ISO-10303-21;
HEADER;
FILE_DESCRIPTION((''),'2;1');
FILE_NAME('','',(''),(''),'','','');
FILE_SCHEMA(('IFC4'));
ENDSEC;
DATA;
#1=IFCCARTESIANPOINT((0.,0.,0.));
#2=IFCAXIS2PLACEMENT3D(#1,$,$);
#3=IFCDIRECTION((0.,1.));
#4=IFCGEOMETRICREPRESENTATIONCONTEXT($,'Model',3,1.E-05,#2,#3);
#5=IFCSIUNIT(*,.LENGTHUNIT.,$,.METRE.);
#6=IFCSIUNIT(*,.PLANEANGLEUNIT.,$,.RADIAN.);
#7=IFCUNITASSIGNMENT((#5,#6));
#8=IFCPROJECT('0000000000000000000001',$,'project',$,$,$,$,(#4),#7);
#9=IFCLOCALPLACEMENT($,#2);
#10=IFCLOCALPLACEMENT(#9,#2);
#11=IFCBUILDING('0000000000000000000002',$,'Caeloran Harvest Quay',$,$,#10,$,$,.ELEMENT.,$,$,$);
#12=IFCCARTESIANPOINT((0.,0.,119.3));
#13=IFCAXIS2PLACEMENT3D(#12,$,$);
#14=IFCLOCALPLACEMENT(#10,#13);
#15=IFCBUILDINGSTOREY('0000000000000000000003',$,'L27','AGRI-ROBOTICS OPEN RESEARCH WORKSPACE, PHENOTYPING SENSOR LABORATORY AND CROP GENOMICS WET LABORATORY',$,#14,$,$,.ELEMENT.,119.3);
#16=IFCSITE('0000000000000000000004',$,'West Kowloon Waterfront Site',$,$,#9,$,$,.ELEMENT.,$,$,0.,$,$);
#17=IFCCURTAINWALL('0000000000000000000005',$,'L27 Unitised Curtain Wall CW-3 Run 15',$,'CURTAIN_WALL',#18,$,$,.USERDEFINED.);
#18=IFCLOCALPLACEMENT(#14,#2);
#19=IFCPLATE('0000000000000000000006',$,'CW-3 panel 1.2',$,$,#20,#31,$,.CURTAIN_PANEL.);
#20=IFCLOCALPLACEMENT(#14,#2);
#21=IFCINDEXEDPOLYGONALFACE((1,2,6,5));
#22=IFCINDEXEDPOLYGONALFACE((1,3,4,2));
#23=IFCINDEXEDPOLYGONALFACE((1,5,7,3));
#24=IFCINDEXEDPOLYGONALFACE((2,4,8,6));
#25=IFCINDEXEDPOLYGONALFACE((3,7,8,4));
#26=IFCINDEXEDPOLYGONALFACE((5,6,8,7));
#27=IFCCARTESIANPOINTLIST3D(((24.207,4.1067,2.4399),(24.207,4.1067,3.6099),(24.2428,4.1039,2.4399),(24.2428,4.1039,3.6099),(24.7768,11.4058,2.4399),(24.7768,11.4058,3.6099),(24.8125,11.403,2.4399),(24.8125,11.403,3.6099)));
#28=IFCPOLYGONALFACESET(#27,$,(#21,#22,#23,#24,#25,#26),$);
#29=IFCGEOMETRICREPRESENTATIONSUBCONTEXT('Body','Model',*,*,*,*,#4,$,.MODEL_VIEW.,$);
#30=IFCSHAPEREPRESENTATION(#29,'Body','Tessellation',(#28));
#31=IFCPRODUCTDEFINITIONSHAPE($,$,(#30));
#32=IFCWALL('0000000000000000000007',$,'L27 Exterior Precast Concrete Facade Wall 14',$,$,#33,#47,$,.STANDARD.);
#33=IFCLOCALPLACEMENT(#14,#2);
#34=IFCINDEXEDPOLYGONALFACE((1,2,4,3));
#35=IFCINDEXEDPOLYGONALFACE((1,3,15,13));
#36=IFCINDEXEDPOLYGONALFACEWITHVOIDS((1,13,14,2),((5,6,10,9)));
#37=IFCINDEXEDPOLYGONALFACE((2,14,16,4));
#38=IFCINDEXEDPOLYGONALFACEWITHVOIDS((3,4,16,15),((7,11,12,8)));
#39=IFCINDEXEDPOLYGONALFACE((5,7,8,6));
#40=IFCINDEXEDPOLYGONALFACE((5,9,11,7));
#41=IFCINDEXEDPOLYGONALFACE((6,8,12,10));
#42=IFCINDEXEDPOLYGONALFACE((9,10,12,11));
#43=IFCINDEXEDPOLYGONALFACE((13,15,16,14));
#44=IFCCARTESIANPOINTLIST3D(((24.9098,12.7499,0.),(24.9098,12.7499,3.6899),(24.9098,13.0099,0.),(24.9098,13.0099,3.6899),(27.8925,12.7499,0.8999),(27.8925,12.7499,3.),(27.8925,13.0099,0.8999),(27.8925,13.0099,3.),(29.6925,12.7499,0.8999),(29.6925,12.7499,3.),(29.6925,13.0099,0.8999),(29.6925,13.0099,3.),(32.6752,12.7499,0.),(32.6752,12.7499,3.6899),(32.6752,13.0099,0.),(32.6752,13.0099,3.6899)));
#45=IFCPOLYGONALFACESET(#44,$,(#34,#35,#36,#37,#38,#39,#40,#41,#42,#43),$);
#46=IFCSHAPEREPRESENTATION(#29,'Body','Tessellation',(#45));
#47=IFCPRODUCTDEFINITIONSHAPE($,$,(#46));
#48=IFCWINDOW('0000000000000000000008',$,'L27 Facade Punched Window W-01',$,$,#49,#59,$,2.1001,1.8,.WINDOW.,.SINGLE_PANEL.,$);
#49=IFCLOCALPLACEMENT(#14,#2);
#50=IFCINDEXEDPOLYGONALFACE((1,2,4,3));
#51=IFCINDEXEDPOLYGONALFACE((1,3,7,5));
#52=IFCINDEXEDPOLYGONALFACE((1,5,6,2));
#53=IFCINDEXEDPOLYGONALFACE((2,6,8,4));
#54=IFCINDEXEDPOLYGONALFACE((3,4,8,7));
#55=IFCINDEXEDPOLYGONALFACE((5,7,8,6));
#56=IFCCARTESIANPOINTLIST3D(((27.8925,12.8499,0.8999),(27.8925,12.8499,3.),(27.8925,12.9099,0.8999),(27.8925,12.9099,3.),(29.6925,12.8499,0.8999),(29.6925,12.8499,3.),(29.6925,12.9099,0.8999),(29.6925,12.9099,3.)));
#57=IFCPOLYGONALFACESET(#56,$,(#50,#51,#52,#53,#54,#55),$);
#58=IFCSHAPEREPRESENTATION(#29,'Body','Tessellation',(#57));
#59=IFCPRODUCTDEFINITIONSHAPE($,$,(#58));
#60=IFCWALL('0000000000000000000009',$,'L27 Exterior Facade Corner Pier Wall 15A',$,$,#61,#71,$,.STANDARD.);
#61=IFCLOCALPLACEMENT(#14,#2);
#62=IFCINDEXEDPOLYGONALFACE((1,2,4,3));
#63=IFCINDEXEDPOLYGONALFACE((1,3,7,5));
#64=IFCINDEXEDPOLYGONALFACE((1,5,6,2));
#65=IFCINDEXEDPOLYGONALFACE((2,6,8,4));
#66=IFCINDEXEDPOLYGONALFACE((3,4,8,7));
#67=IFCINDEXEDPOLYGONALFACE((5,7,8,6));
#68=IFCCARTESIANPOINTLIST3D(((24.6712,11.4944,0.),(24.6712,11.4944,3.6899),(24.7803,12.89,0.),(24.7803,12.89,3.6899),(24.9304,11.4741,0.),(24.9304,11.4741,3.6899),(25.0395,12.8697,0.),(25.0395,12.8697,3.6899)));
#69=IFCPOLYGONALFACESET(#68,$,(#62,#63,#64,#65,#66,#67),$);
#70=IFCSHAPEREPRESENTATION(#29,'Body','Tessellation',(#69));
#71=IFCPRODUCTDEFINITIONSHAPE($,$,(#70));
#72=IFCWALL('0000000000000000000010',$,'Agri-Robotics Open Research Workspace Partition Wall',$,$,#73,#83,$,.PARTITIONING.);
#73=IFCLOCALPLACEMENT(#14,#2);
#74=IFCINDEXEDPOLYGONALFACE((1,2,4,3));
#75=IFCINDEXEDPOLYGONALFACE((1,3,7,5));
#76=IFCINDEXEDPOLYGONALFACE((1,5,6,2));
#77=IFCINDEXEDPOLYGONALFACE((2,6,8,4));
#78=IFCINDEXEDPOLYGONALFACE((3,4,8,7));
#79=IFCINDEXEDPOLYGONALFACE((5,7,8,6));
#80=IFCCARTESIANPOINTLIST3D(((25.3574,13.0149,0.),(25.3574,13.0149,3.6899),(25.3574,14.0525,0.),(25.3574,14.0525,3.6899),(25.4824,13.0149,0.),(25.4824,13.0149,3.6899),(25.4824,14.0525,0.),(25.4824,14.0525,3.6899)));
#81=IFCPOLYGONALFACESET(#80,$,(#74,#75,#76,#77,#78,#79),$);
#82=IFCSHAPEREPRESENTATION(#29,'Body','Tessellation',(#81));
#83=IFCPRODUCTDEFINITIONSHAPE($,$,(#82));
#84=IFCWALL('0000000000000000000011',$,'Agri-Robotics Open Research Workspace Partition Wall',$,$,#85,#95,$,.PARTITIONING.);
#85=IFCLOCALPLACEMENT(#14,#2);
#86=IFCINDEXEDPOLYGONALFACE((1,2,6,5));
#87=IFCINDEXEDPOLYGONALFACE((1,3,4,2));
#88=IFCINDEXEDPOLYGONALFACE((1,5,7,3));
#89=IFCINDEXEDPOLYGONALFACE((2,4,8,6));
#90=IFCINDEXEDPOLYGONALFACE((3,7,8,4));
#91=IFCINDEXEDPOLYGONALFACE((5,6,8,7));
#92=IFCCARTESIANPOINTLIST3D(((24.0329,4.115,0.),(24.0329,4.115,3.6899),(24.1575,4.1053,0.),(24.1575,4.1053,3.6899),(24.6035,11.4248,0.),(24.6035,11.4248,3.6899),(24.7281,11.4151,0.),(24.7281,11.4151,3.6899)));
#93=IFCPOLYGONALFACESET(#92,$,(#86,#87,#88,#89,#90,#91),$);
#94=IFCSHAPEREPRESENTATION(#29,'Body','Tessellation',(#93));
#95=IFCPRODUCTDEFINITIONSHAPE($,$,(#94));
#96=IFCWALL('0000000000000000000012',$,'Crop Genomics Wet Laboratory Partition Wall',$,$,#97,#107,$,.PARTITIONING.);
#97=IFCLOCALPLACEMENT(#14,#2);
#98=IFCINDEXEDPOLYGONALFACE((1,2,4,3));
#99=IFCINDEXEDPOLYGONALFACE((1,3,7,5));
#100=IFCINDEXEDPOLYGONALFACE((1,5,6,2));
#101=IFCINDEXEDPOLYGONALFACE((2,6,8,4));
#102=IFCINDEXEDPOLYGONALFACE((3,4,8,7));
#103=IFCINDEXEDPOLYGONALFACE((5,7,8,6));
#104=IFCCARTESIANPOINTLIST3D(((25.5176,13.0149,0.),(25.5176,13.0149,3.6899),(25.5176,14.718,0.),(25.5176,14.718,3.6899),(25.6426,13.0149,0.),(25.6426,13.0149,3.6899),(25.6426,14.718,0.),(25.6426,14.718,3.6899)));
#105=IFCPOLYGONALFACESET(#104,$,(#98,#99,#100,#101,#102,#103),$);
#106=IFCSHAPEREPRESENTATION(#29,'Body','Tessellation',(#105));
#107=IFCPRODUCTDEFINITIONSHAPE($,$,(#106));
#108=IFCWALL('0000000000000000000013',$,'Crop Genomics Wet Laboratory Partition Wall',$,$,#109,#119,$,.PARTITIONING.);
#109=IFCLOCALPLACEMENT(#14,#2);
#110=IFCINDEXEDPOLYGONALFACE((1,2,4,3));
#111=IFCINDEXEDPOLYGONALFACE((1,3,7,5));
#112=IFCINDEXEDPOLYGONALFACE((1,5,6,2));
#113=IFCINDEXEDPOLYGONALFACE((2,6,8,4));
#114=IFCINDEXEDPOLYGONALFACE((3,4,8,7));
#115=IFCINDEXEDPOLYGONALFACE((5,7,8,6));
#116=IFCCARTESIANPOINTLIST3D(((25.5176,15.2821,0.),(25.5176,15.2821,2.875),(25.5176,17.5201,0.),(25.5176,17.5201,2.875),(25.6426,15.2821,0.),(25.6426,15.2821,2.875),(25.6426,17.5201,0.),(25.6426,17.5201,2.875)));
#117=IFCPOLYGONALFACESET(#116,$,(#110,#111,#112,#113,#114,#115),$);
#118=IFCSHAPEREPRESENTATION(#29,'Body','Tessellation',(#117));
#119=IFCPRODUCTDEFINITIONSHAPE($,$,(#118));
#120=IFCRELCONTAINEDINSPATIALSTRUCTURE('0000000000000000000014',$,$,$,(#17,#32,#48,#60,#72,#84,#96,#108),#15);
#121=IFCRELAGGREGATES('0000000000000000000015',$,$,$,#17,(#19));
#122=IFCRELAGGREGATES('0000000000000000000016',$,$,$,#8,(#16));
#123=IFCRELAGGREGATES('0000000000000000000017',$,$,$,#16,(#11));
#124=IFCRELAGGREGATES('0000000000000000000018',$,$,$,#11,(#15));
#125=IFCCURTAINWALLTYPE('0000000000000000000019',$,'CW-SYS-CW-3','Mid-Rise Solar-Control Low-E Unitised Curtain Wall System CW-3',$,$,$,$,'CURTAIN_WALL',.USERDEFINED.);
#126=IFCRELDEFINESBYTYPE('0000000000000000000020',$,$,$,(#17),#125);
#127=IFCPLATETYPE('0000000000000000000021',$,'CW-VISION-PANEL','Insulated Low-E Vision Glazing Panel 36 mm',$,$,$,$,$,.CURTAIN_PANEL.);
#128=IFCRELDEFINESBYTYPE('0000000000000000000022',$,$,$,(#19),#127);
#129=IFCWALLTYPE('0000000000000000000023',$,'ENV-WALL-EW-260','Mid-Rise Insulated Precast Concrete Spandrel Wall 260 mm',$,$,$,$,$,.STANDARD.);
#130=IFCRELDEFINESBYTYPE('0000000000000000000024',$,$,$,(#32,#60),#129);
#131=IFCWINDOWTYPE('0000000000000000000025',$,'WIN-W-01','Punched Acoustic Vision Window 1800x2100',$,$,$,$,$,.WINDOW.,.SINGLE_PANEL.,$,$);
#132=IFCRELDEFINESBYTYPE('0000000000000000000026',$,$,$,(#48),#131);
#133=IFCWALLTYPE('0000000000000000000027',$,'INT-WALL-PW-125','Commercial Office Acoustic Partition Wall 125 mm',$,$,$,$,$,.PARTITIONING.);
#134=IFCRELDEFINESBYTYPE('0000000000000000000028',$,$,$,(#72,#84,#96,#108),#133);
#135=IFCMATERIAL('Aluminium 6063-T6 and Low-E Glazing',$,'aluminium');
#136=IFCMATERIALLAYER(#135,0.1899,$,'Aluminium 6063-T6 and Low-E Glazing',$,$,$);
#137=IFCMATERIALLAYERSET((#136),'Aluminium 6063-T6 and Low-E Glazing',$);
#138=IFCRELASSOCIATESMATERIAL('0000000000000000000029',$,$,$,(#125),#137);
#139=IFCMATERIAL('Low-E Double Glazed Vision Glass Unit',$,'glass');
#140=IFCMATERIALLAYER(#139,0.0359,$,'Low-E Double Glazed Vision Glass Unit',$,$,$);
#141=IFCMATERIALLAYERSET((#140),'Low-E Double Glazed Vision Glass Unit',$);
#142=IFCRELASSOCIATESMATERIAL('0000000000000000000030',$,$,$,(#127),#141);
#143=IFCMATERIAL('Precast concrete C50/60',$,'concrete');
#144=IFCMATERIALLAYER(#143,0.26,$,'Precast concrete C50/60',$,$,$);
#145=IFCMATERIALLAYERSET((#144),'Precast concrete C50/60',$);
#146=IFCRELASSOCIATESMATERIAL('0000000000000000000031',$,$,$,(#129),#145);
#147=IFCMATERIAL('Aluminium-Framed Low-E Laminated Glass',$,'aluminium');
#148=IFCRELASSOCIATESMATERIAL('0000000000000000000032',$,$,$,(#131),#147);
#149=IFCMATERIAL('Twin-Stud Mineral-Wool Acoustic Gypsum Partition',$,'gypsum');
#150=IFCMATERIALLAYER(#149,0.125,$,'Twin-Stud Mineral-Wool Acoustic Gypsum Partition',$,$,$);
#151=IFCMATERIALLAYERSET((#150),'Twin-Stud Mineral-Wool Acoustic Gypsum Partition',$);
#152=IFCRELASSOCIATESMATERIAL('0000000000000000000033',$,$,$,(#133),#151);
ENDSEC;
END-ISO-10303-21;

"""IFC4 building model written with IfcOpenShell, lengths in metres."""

from ifc_helpers import new_model, si_unit, direction, frame, frame_2d, origin, origin_2d, place, context, subcontext, project, spatial, rectangle, extrude, material, layer, layer_set, type_object, element, fill, aggregate, save


model = new_model("IFC4")

# Units and contexts
model_context = context("Model", 3, precision=1e-05, world=origin(), true_north=direction((0.0, 1.0)))
body_context = subcontext(model_context, "Body", "Model", "MODEL_VIEW")
ifc_project = project(units=[si_unit("LENGTHUNIT", "METRE"), si_unit("PLANEANGLEUNIT", "RADIAN")], contexts=[model_context])

# Site, building, storey
site_placement = place(None, origin())
site = spatial("IfcSite", under=ifc_project, at=site_placement, Name="West Kowloon Waterfront Site", CompositionType="ELEMENT", RefElevation=0.0)
building_placement = place(site_placement, origin())
building = spatial("IfcBuilding", under=site, at=building_placement, Name="Caeloran Harvest Quay", CompositionType="ELEMENT")
storey_placement = place(building_placement, frame((0.0, 0.0, 119.3)))
storey = spatial("IfcBuildingStorey", under=building, at=storey_placement, Name="L27", Description="AGRI-ROBOTICS OPEN RESEARCH WORKSPACE, PHENOTYPING SENSOR LABORATORY AND CROP GENOMICS WET LABORATORY", CompositionType="ELEMENT", Elevation=119.3)

# Curtain wall, plate
ifc_material_1 = material(Name="Aluminium 6063-T6 and Low-E Glazing", Category="aluminium")
ifc_layer_1 = layer(ifc_material_1, 0.1899, Name="Aluminium 6063-T6 and Low-E Glazing")
ifc_layer_set_1 = layer_set([ifc_layer_1], Name="Aluminium 6063-T6 and Low-E Glazing")
curtain_wall_type = type_object("IfcCurtainWallType", Name="CW-SYS-CW-3", Description="Mid-Rise Solar-Control Low-E Unitised Curtain Wall System CW-3", ElementType="CURTAIN_WALL", PredefinedType="USERDEFINED", material=ifc_layer_set_1)
curtain_wall_placement = place(storey_placement, origin())
curtain_wall = element("IfcCurtainWall", 1, at=curtain_wall_placement, inside=storey, type_object=curtain_wall_type, Name="L27 Unitised Curtain Wall CW-3 Run 15", ObjectType="CURTAIN_WALL", PredefinedType="USERDEFINED")
ifc_material_2 = material(Name="Low-E Double Glazed Vision Glass Unit", Category="glass")
ifc_layer_2 = layer(ifc_material_2, 0.0359, Name="Low-E Double Glazed Vision Glass Unit")
ifc_layer_set_2 = layer_set([ifc_layer_2], Name="Low-E Double Glazed Vision Glass Unit")
plate_type = type_object("IfcPlateType", Name="CW-VISION-PANEL", Description="Insulated Low-E Vision Glazing Panel 36 mm", PredefinedType="CURTAIN_PANEL", material=ifc_layer_set_2)
plate_placement = place(storey_placement, frame((24.5098, 7.7549, 2.4399), z_axis=(0.0, 0.0, 1.0), x_axis=(-0.077822, -0.996967, 0.0)))
plate = element("IfcPlate", 2, at=plate_placement, type_object=plate_type, Name="CW-3 panel 1.2", PredefinedType="CURTAIN_PANEL", context=body_context, shape_type="SweptSolid", body=[
    extrude(rectangle(XDim=7.3213, YDim=0.0359, at=origin_2d()), origin(), (0.0, 0.0, 1.0), 1.1699),
])
aggregate(curtain_wall, [plate])

# Wall, opening, window
ifc_material_3 = material(Name="Precast concrete C50/60", Category="concrete")
ifc_layer_3 = layer(ifc_material_3, 0.26, Name="Precast concrete C50/60")
ifc_layer_set_3 = layer_set([ifc_layer_3], Name="Precast concrete C50/60")
wall_type_1 = type_object("IfcWallType", Name="ENV-WALL-EW-260", Description="Mid-Rise Insulated Precast Concrete Spandrel Wall 260 mm", PredefinedType="STANDARD", material=ifc_layer_set_3)
wall_1_placement = place(storey_placement, frame((32.6753, 12.8799, 0.0), z_axis=(0.0, 0.0, 1.0), x_axis=(-1.0, 0.0, 0.0)))
wall_1 = element("IfcWall", 3, at=wall_1_placement, inside=storey, type_object=wall_type_1, Name="L27 Exterior Precast Concrete Facade Wall 14", PredefinedType="STANDARD", context=body_context, shape_type="SweptSolid", body=[
    extrude(rectangle(XDim=7.7654, YDim=0.26, at=frame_2d((3.8828, 0.0))), origin(), (0.0, 0.0, 1.0), 3.6899),
])
opening_placement = place(wall_1_placement, frame((2.9829, 0.0, 0.8999)))
opening = element("IfcOpeningElement", 4, at=opening_placement, cuts=wall_1, PredefinedType="OPENING", context=body_context, shape_type="SweptSolid", body=[
    extrude(rectangle(XDim=1.8, YDim=2.1001, at=frame_2d((0.8999, 1.05))), frame((0.0, 0.1401, 0.0), z_axis=(0.0, -1.0, 0.0), x_axis=(1.0, 0.0, 0.0)), (0.0, 0.0, 1.0), 0.28),
])
ifc_material_4 = material(Name="Aluminium-Framed Low-E Laminated Glass", Category="aluminium")
window_type = type_object("IfcWindowType", Name="WIN-W-01", Description="Punched Acoustic Vision Window 1800x2100", PartitioningType="SINGLE_PANEL", PredefinedType="WINDOW", material=ifc_material_4)
window_placement = place(opening_placement, origin())
window = element("IfcWindow", 5, at=window_placement, inside=storey, type_object=window_type, Name="L27 Facade Punched Window W-01", OverallHeight=2.1001, OverallWidth=1.8, PartitioningType="SINGLE_PANEL", PredefinedType="WINDOW", context=body_context, shape_type="SweptSolid", body=[
    extrude(rectangle(XDim=1.8, YDim=2.1001, at=frame_2d((0.8999, 1.05))), frame((0.0, 0.03, 0.0), z_axis=(0.0, -1.0, 0.0), x_axis=(1.0, 0.0, 0.0)), (0.0, 0.0, 1.0), 0.0601),
])
fill(opening, window)

# Walls
wall_2_placement = place(storey_placement, frame((24.9099, 12.8799, 0.0), z_axis=(0.0, 0.0, 1.0), x_axis=(-0.07795, -0.996957, 0.0)))
element("IfcWall", 6, at=wall_2_placement, inside=storey, type_object=wall_type_1, Name="L27 Exterior Facade Corner Pier Wall 15A", PredefinedType="STANDARD", context=body_context, shape_type="SweptSolid", body=[
    extrude(rectangle(XDim=1.3999, YDim=0.26, at=frame_2d((0.7, 0.0))), origin(), (0.0, 0.0, 1.0), 3.6899),
])
ifc_material_5 = material(Name="Twin-Stud Mineral-Wool Acoustic Gypsum Partition", Category="gypsum")
ifc_layer_4 = layer(ifc_material_5, 0.125, Name="Twin-Stud Mineral-Wool Acoustic Gypsum Partition")
ifc_layer_set_4 = layer_set([ifc_layer_4], Name="Twin-Stud Mineral-Wool Acoustic Gypsum Partition")
wall_type_2 = type_object("IfcWallType", Name="INT-WALL-PW-125", Description="Commercial Office Acoustic Partition Wall 125 mm", PredefinedType="PARTITIONING", material=ifc_layer_set_4)
wall_3_placement = place(storey_placement, frame((25.4199, 14.0525, 0.0), z_axis=(0.0, 0.0, 1.0), x_axis=(0.0, -1.0, 0.0)))
element("IfcWall", 7, at=wall_3_placement, inside=storey, type_object=wall_type_2, Name="Agri-Robotics Open Research Workspace Partition Wall", PredefinedType="PARTITIONING", context=body_context, shape_type="SweptSolid", body=[
    extrude(rectangle(XDim=1.0376, YDim=0.125, at=frame_2d((0.5188, 0.0))), origin(), (0.0, 0.0, 1.0), 3.6899),
])
wall_4_placement = place(storey_placement, frame((24.6658, 11.4199, 0.0), z_axis=(0.0, 0.0, 1.0), x_axis=(-0.077817, -0.996968, 0.0)))
element("IfcWall", 8, at=wall_4_placement, inside=storey, type_object=wall_type_2, Name="Agri-Robotics Open Research Workspace Partition Wall", PredefinedType="PARTITIONING", context=body_context, shape_type="SweptSolid", body=[
    extrude(rectangle(XDim=7.332, YDim=0.125, at=frame_2d((3.666, 0.0))), origin(), (0.0, 0.0, 1.0), 3.6899),
])
wall_5_placement = place(storey_placement, frame((25.5801, 13.0149, 0.0), z_axis=(0.0, 0.0, 1.0), x_axis=(0.0, 1.0, 0.0)))
element("IfcWall", 9, at=wall_5_placement, inside=storey, type_object=wall_type_2, Name="Crop Genomics Wet Laboratory Partition Wall", PredefinedType="PARTITIONING", context=body_context, shape_type="SweptSolid", body=[
    extrude(rectangle(XDim=1.7031, YDim=0.125, at=frame_2d((0.8516, 0.0))), origin(), (0.0, 0.0, 1.0), 3.6899),
])
wall_6_placement = place(storey_placement, frame((25.5801, 15.282, 0.0), z_axis=(0.0, 0.0, 1.0), x_axis=(0.0, 1.0, 0.0)))
element("IfcWall", 10, at=wall_6_placement, inside=storey, type_object=wall_type_2, Name="Crop Genomics Wet Laboratory Partition Wall", PredefinedType="PARTITIONING", context=body_context, shape_type="SweptSolid", body=[
    extrude(rectangle(XDim=2.238, YDim=0.125, at=frame_2d((1.1191, 0.0))), origin(), (0.0, 0.0, 1.0), 2.875),
])

save(model, "model.ifc")
